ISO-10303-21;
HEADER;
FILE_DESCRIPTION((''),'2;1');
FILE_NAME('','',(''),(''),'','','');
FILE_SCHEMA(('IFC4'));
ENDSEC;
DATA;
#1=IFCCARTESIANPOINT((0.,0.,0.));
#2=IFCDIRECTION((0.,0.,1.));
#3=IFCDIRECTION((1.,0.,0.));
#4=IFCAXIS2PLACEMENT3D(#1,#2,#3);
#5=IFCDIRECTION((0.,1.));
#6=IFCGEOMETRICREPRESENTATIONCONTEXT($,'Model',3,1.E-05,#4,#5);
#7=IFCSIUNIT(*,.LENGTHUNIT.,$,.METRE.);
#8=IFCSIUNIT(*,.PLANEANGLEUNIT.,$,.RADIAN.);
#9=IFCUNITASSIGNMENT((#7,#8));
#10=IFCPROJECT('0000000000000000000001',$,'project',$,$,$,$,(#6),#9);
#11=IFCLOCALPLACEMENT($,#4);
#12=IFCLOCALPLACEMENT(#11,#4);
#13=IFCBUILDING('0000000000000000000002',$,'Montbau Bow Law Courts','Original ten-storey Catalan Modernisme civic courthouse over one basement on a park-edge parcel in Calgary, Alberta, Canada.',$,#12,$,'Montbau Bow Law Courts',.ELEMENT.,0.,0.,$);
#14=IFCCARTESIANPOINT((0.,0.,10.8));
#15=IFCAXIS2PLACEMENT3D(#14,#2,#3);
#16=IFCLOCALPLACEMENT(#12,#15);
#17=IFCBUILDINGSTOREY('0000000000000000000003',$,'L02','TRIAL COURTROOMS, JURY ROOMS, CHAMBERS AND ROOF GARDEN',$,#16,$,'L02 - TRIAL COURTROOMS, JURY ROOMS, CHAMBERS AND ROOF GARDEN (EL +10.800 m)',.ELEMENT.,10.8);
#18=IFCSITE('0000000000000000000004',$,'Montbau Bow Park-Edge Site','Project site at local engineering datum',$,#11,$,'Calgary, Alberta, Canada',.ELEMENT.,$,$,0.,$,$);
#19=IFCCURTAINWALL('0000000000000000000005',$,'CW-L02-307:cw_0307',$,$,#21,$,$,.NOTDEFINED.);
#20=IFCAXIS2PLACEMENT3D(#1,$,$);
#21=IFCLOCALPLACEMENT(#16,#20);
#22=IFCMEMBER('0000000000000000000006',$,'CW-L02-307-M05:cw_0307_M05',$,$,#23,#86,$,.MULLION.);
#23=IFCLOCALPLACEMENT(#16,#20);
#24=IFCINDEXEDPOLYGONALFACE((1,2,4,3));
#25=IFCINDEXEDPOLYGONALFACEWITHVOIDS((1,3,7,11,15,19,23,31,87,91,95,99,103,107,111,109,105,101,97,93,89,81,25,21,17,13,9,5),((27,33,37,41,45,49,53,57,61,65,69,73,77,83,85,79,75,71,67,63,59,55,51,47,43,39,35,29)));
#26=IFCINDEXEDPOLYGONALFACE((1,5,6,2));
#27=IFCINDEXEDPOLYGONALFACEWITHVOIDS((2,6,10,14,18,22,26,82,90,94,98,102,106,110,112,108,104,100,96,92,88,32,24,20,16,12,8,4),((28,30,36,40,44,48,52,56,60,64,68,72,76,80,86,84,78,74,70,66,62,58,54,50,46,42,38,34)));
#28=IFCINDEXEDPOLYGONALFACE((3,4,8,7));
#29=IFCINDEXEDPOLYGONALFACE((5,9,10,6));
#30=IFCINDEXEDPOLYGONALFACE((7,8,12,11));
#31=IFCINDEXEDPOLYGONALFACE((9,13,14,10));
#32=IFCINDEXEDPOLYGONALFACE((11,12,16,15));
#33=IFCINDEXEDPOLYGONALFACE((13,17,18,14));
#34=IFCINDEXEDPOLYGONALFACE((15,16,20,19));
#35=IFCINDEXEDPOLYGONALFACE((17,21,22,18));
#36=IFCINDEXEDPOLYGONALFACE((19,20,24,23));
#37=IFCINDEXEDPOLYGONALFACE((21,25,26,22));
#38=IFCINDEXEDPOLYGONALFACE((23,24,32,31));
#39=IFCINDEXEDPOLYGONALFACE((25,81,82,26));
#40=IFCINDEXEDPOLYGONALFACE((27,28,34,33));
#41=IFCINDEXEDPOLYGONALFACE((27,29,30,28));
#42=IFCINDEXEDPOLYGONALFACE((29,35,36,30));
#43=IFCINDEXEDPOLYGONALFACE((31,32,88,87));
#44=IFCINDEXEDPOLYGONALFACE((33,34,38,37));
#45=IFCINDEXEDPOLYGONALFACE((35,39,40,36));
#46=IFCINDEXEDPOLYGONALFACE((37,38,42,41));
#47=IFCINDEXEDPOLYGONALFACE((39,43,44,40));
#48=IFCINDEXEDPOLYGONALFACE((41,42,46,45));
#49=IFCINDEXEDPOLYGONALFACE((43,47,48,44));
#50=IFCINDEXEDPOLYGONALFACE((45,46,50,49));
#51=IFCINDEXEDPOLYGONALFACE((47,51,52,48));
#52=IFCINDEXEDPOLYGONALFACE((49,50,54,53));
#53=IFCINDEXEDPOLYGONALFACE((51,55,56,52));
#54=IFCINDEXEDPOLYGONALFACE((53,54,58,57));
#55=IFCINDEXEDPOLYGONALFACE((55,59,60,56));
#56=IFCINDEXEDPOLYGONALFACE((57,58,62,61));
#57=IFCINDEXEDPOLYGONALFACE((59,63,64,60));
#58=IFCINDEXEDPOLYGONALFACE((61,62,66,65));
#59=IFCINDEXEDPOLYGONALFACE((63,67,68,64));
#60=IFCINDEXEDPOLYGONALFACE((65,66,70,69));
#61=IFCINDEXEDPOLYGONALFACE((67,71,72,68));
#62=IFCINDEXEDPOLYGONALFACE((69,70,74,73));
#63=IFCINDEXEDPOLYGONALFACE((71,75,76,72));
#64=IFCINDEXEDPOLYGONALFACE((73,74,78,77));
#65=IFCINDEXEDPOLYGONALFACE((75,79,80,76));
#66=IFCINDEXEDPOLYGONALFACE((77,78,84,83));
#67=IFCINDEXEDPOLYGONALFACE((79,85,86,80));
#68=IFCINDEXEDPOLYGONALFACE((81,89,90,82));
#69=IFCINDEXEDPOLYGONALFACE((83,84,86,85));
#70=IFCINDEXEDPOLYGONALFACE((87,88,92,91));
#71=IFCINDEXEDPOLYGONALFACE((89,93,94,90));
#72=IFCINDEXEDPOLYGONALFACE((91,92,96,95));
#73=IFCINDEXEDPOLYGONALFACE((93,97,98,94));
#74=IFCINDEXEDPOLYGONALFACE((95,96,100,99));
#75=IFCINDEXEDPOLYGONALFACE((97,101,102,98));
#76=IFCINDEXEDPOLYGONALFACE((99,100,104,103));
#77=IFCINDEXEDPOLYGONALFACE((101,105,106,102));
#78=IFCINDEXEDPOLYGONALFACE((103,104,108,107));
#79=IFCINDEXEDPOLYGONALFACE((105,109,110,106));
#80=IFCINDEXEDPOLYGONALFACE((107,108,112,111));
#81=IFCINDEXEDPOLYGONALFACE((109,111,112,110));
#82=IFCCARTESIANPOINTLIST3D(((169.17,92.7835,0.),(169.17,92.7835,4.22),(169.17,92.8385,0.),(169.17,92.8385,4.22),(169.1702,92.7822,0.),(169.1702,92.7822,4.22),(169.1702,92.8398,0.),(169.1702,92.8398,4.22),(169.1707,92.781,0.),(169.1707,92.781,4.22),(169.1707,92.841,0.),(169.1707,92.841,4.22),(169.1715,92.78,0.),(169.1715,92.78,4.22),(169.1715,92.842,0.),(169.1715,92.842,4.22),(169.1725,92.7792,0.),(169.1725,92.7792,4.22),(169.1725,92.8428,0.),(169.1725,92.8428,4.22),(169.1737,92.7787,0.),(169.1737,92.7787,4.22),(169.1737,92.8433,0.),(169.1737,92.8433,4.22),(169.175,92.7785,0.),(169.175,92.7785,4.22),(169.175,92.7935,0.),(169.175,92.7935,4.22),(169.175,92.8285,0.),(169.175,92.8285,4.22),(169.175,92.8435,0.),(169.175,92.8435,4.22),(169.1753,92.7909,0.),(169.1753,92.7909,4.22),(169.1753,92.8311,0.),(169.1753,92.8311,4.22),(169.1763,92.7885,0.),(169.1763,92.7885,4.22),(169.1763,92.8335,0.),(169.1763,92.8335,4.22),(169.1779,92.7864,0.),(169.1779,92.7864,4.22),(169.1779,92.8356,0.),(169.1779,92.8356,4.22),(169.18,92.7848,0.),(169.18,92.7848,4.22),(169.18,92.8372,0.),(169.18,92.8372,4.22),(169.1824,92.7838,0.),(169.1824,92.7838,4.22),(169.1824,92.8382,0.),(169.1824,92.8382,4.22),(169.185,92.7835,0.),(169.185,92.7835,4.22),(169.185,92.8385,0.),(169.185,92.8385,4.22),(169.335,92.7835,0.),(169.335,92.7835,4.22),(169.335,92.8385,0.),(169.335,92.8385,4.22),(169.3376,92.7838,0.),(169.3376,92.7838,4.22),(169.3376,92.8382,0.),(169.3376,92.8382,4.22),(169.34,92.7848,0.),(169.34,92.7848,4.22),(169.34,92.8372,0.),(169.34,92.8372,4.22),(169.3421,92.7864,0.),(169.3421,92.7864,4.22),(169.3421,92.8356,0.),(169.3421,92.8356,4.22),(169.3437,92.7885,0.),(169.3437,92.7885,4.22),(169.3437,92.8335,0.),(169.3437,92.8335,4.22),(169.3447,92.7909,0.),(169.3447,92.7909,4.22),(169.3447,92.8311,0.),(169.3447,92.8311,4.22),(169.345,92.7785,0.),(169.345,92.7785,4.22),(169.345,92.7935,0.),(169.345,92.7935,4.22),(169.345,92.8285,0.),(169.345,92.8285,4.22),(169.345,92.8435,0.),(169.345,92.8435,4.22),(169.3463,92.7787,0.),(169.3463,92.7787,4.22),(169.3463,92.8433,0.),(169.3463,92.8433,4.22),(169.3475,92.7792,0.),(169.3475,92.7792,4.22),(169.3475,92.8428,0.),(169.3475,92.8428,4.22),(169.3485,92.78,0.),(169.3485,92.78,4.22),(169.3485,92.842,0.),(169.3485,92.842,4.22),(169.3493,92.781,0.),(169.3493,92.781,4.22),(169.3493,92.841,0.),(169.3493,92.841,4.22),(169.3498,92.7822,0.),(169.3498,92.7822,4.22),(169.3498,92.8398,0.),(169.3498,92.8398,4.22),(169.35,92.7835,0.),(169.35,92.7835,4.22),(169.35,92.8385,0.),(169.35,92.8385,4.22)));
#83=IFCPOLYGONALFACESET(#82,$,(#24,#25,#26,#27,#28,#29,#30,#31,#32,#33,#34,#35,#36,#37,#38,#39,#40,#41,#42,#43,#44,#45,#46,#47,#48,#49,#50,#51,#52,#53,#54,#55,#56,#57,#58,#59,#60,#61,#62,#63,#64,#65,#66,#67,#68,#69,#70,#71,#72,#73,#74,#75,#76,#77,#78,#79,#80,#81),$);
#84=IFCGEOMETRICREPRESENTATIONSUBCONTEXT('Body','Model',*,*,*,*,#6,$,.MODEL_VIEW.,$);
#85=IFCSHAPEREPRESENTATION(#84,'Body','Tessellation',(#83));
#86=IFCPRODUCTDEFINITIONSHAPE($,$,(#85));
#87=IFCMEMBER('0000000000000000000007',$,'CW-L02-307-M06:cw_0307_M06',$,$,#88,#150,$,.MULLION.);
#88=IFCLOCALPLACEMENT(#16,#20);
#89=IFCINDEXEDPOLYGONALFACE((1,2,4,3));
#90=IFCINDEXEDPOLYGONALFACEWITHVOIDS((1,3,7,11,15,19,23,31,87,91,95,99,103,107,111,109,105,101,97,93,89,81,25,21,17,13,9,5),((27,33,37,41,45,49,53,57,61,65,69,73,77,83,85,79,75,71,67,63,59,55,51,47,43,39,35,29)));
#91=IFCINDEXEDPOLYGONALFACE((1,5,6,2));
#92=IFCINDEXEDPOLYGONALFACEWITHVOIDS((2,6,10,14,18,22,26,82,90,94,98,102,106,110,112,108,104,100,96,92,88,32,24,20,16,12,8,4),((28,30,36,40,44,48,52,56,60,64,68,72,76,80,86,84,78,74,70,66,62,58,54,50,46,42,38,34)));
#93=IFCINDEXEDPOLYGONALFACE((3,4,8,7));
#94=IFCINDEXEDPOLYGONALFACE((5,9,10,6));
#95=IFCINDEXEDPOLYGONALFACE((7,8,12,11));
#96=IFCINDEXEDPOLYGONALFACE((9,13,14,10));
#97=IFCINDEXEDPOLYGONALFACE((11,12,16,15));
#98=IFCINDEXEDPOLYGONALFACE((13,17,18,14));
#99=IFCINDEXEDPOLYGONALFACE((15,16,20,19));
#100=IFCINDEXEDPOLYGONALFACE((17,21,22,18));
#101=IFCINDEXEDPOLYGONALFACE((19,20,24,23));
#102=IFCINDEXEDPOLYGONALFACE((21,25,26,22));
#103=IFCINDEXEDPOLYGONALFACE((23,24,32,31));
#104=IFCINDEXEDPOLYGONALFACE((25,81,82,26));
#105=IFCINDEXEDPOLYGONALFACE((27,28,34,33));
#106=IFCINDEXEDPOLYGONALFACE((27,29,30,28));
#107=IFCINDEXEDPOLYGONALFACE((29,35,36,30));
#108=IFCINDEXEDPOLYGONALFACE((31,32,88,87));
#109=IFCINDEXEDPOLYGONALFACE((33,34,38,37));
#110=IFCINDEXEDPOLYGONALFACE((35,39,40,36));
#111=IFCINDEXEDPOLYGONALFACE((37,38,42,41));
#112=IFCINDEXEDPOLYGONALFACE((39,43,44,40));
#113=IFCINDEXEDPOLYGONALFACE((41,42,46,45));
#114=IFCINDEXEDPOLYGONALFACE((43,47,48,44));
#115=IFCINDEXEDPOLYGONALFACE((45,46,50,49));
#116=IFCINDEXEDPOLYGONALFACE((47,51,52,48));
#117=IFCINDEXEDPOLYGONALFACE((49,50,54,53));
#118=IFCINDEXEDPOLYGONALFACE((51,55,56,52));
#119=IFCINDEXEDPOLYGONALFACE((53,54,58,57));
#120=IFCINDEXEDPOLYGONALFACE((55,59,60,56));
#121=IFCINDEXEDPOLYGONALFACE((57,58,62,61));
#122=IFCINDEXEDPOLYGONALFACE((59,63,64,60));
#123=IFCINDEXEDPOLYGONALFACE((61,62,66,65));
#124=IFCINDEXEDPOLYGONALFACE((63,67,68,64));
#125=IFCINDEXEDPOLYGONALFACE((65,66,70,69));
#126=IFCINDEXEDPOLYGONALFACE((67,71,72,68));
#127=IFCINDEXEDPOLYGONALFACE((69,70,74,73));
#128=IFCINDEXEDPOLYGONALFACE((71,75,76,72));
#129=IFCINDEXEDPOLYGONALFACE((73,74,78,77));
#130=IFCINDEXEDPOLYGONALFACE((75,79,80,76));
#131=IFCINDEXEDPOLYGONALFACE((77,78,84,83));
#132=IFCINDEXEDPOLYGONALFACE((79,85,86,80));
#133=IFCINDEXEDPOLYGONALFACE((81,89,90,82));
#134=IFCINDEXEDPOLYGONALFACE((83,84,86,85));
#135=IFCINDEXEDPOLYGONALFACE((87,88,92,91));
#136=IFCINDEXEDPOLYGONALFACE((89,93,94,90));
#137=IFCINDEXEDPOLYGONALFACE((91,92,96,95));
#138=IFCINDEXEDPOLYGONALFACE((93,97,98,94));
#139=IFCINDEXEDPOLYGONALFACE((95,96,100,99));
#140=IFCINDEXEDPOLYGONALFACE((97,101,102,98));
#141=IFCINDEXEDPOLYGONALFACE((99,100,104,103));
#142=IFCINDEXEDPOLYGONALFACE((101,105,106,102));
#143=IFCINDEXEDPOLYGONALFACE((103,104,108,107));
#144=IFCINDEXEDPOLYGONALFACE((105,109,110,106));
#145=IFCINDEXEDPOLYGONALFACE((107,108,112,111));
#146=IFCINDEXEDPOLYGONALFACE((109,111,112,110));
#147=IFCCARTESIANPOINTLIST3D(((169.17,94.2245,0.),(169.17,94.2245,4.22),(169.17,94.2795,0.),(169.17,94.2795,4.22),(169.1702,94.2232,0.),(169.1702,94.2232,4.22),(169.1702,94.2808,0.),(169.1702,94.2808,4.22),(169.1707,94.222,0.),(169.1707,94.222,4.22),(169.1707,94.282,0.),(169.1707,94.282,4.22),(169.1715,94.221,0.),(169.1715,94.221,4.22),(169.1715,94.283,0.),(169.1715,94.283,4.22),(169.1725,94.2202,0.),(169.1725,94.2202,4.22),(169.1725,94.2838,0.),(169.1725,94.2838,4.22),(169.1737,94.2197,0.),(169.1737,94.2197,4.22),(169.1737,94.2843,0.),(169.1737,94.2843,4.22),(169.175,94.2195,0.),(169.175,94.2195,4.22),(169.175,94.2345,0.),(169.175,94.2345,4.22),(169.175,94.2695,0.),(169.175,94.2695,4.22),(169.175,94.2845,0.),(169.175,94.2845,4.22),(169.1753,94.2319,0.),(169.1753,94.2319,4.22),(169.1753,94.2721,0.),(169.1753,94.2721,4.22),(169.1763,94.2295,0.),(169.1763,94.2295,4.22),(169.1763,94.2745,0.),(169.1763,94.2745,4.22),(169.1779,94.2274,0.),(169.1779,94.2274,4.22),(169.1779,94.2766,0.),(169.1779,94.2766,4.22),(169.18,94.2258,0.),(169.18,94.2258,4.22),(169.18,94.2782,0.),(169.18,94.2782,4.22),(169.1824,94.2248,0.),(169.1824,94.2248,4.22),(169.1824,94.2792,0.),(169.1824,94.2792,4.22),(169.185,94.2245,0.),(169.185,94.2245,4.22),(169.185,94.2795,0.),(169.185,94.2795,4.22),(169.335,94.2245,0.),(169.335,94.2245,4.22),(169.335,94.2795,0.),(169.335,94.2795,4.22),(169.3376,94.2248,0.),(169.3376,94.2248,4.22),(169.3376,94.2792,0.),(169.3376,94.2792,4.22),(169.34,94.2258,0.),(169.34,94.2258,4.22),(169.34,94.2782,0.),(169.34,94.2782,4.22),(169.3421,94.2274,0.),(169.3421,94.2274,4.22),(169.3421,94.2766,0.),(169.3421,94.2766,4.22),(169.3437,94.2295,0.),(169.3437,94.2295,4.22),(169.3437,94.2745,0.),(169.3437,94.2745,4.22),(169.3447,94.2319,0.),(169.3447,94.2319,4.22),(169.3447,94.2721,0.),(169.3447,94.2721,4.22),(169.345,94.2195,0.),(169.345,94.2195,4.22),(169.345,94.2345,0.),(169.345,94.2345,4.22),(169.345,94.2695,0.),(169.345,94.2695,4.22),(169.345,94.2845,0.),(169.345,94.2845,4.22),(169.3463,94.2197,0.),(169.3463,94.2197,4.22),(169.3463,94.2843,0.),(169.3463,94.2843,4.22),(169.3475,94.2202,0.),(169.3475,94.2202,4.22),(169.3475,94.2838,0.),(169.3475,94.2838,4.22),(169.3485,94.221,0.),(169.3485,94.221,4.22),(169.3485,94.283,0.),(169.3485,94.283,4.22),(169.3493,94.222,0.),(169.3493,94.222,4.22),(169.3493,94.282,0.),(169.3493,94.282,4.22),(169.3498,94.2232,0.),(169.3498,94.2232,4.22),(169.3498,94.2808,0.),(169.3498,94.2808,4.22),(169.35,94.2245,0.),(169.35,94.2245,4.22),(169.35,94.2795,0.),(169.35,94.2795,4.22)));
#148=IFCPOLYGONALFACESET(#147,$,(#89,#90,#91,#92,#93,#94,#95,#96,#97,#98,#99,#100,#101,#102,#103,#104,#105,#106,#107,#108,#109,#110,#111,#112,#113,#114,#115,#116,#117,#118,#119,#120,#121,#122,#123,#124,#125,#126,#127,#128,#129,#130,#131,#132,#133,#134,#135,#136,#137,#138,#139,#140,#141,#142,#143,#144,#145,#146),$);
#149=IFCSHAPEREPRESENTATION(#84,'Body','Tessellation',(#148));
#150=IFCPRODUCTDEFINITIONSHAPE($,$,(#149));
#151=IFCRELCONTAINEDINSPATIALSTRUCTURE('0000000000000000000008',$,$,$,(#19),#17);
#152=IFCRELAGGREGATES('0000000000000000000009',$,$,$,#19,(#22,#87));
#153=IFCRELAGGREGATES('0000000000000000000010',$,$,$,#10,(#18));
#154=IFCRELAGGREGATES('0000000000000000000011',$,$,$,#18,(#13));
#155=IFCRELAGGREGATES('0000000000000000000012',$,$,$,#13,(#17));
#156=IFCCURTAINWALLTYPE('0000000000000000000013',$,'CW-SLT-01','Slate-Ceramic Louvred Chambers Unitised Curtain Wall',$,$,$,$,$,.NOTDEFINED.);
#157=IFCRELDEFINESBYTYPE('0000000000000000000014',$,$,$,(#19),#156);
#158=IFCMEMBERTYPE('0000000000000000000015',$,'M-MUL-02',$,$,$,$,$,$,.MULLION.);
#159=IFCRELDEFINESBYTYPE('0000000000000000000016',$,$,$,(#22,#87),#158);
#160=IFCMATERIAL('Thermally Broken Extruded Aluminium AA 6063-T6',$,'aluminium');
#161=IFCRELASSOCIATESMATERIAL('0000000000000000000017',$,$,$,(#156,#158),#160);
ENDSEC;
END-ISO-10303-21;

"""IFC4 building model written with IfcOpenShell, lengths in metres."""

from ifc_helpers import new_model, si_unit, direction, frame, origin_with_axes, origin_2d_with_axis, place, context, subcontext, project, spatial, hollow_rectangle, extrude, material, material_profile, profile_set, type_object, element, aggregate, save


model = new_model("IFC4")

# Units and contexts
model_context = context("Model", 3, precision=1e-05, world=origin_with_axes(), true_north=direction((0.0, 1.0)))
body_context = subcontext(model_context, "Body", "Model", "MODEL_VIEW")
ifc_project = project(units=[si_unit("LENGTHUNIT", "METRE"), si_unit("PLANEANGLEUNIT", "RADIAN")], contexts=[model_context])

# Site, building, storey
site_placement = place(None, origin_with_axes())
site = spatial("IfcSite", under=ifc_project, at=site_placement, Name="Montbau Bow Park-Edge Site", Description="Project site at local engineering datum", LongName="Calgary, Alberta, Canada", CompositionType="ELEMENT", RefElevation=0.0)
building_placement = place(site_placement, origin_with_axes())
building = spatial("IfcBuilding", under=site, at=building_placement, Name="Montbau Bow Law Courts", Description="Original ten-storey Catalan Modernisme civic courthouse over one basement on a park-edge parcel in Calgary, Alberta, Canada.", LongName="Montbau Bow Law Courts", CompositionType="ELEMENT", ElevationOfRefHeight=0.0, ElevationOfTerrain=0.0)
storey_placement = place(building_placement, frame((0.0, 0.0, 10.8), z_axis=(0.0, 0.0, 1.0), x_axis=(1.0, 0.0, 0.0)))
storey = spatial("IfcBuildingStorey", under=building, at=storey_placement, Name="L02", Description="TRIAL COURTROOMS, JURY ROOMS, CHAMBERS AND ROOF GARDEN", LongName="L02 - TRIAL COURTROOMS, JURY ROOMS, CHAMBERS AND ROOF GARDEN (EL +10.800 m)", CompositionType="ELEMENT", Elevation=10.8)

# Curtain wall, members
ifc_material_1 = material(Name="Thermally Broken Extruded Aluminium AA 6063-T6", Category="aluminium")
curtain_wall_type = type_object("IfcCurtainWallType", Name="CW-SLT-01", Description="Slate-Ceramic Louvred Chambers Unitised Curtain Wall", PredefinedType="NOTDEFINED", material=ifc_material_1)
curtain_wall_1_placement = place(None, frame((169.26, 86.915, 10.8), z_axis=(0.0, 0.0, 1.0), x_axis=(1.0, 0.0, 0.0)))
curtain_wall_1 = element("IfcCurtainWall", 1, at=curtain_wall_1_placement, inside=storey, type_object=curtain_wall_type, Name="CW-L02-307:cw_0307", PredefinedType="NOTDEFINED")
ifc_material_profile_1 = material_profile(ifc_material_1, hollow_rectangle(XDim=0.065, YDim=0.18, WallThickness=0.005, InnerFilletRadius=0.01, OuterFilletRadius=0.005, at=origin_2d_with_axis()), Name="CWM-180X65", Category="Main", Priority=0)
ifc_profile_set_1 = profile_set([ifc_material_profile_1], Name="Thermally Broken Extruded Aluminium AA 6063-T6")
member_type_1 = type_object("IfcMemberType", Name="M-MUL-02", PredefinedType="MULLION", material=ifc_profile_set_1)
member_1_placement = place(None, frame((169.26, 92.811, 10.8), z_axis=(0.0, 0.0, 1.0), x_axis=(0.0, 1.0, 0.0)))
member_1 = element("IfcMember", 2, at=member_1_placement, type_object=member_type_1, Name="CW-L02-307-M05:cw_0307_M05", PredefinedType="MULLION", context=body_context, shape_type="SweptSolid", body=[
    extrude(hollow_rectangle(XDim=0.065, YDim=0.18, WallThickness=0.005, InnerFilletRadius=0.01, OuterFilletRadius=0.005, at=origin_2d_with_axis()), origin_with_axes(), (0.0, 0.0, 1.0), 4.22),
])
member_2_placement = place(None, frame((169.26, 94.252, 10.8), z_axis=(0.0, 0.0, 1.0), x_axis=(0.0, 1.0, 0.0)))
member_2 = element("IfcMember", 3, at=member_2_placement, type_object=member_type_1, Name="CW-L02-307-M06:cw_0307_M06", PredefinedType="MULLION", context=body_context, shape_type="SweptSolid", body=[
    extrude(hollow_rectangle(XDim=0.065, YDim=0.18, WallThickness=0.005, InnerFilletRadius=0.01, OuterFilletRadius=0.005, at=origin_2d_with_axis()), origin_with_axes(), (0.0, 0.0, 1.0), 4.22),
])

aggregate(curtain_wall_1, [member_1, member_2])

save(model, "model.ifc")
